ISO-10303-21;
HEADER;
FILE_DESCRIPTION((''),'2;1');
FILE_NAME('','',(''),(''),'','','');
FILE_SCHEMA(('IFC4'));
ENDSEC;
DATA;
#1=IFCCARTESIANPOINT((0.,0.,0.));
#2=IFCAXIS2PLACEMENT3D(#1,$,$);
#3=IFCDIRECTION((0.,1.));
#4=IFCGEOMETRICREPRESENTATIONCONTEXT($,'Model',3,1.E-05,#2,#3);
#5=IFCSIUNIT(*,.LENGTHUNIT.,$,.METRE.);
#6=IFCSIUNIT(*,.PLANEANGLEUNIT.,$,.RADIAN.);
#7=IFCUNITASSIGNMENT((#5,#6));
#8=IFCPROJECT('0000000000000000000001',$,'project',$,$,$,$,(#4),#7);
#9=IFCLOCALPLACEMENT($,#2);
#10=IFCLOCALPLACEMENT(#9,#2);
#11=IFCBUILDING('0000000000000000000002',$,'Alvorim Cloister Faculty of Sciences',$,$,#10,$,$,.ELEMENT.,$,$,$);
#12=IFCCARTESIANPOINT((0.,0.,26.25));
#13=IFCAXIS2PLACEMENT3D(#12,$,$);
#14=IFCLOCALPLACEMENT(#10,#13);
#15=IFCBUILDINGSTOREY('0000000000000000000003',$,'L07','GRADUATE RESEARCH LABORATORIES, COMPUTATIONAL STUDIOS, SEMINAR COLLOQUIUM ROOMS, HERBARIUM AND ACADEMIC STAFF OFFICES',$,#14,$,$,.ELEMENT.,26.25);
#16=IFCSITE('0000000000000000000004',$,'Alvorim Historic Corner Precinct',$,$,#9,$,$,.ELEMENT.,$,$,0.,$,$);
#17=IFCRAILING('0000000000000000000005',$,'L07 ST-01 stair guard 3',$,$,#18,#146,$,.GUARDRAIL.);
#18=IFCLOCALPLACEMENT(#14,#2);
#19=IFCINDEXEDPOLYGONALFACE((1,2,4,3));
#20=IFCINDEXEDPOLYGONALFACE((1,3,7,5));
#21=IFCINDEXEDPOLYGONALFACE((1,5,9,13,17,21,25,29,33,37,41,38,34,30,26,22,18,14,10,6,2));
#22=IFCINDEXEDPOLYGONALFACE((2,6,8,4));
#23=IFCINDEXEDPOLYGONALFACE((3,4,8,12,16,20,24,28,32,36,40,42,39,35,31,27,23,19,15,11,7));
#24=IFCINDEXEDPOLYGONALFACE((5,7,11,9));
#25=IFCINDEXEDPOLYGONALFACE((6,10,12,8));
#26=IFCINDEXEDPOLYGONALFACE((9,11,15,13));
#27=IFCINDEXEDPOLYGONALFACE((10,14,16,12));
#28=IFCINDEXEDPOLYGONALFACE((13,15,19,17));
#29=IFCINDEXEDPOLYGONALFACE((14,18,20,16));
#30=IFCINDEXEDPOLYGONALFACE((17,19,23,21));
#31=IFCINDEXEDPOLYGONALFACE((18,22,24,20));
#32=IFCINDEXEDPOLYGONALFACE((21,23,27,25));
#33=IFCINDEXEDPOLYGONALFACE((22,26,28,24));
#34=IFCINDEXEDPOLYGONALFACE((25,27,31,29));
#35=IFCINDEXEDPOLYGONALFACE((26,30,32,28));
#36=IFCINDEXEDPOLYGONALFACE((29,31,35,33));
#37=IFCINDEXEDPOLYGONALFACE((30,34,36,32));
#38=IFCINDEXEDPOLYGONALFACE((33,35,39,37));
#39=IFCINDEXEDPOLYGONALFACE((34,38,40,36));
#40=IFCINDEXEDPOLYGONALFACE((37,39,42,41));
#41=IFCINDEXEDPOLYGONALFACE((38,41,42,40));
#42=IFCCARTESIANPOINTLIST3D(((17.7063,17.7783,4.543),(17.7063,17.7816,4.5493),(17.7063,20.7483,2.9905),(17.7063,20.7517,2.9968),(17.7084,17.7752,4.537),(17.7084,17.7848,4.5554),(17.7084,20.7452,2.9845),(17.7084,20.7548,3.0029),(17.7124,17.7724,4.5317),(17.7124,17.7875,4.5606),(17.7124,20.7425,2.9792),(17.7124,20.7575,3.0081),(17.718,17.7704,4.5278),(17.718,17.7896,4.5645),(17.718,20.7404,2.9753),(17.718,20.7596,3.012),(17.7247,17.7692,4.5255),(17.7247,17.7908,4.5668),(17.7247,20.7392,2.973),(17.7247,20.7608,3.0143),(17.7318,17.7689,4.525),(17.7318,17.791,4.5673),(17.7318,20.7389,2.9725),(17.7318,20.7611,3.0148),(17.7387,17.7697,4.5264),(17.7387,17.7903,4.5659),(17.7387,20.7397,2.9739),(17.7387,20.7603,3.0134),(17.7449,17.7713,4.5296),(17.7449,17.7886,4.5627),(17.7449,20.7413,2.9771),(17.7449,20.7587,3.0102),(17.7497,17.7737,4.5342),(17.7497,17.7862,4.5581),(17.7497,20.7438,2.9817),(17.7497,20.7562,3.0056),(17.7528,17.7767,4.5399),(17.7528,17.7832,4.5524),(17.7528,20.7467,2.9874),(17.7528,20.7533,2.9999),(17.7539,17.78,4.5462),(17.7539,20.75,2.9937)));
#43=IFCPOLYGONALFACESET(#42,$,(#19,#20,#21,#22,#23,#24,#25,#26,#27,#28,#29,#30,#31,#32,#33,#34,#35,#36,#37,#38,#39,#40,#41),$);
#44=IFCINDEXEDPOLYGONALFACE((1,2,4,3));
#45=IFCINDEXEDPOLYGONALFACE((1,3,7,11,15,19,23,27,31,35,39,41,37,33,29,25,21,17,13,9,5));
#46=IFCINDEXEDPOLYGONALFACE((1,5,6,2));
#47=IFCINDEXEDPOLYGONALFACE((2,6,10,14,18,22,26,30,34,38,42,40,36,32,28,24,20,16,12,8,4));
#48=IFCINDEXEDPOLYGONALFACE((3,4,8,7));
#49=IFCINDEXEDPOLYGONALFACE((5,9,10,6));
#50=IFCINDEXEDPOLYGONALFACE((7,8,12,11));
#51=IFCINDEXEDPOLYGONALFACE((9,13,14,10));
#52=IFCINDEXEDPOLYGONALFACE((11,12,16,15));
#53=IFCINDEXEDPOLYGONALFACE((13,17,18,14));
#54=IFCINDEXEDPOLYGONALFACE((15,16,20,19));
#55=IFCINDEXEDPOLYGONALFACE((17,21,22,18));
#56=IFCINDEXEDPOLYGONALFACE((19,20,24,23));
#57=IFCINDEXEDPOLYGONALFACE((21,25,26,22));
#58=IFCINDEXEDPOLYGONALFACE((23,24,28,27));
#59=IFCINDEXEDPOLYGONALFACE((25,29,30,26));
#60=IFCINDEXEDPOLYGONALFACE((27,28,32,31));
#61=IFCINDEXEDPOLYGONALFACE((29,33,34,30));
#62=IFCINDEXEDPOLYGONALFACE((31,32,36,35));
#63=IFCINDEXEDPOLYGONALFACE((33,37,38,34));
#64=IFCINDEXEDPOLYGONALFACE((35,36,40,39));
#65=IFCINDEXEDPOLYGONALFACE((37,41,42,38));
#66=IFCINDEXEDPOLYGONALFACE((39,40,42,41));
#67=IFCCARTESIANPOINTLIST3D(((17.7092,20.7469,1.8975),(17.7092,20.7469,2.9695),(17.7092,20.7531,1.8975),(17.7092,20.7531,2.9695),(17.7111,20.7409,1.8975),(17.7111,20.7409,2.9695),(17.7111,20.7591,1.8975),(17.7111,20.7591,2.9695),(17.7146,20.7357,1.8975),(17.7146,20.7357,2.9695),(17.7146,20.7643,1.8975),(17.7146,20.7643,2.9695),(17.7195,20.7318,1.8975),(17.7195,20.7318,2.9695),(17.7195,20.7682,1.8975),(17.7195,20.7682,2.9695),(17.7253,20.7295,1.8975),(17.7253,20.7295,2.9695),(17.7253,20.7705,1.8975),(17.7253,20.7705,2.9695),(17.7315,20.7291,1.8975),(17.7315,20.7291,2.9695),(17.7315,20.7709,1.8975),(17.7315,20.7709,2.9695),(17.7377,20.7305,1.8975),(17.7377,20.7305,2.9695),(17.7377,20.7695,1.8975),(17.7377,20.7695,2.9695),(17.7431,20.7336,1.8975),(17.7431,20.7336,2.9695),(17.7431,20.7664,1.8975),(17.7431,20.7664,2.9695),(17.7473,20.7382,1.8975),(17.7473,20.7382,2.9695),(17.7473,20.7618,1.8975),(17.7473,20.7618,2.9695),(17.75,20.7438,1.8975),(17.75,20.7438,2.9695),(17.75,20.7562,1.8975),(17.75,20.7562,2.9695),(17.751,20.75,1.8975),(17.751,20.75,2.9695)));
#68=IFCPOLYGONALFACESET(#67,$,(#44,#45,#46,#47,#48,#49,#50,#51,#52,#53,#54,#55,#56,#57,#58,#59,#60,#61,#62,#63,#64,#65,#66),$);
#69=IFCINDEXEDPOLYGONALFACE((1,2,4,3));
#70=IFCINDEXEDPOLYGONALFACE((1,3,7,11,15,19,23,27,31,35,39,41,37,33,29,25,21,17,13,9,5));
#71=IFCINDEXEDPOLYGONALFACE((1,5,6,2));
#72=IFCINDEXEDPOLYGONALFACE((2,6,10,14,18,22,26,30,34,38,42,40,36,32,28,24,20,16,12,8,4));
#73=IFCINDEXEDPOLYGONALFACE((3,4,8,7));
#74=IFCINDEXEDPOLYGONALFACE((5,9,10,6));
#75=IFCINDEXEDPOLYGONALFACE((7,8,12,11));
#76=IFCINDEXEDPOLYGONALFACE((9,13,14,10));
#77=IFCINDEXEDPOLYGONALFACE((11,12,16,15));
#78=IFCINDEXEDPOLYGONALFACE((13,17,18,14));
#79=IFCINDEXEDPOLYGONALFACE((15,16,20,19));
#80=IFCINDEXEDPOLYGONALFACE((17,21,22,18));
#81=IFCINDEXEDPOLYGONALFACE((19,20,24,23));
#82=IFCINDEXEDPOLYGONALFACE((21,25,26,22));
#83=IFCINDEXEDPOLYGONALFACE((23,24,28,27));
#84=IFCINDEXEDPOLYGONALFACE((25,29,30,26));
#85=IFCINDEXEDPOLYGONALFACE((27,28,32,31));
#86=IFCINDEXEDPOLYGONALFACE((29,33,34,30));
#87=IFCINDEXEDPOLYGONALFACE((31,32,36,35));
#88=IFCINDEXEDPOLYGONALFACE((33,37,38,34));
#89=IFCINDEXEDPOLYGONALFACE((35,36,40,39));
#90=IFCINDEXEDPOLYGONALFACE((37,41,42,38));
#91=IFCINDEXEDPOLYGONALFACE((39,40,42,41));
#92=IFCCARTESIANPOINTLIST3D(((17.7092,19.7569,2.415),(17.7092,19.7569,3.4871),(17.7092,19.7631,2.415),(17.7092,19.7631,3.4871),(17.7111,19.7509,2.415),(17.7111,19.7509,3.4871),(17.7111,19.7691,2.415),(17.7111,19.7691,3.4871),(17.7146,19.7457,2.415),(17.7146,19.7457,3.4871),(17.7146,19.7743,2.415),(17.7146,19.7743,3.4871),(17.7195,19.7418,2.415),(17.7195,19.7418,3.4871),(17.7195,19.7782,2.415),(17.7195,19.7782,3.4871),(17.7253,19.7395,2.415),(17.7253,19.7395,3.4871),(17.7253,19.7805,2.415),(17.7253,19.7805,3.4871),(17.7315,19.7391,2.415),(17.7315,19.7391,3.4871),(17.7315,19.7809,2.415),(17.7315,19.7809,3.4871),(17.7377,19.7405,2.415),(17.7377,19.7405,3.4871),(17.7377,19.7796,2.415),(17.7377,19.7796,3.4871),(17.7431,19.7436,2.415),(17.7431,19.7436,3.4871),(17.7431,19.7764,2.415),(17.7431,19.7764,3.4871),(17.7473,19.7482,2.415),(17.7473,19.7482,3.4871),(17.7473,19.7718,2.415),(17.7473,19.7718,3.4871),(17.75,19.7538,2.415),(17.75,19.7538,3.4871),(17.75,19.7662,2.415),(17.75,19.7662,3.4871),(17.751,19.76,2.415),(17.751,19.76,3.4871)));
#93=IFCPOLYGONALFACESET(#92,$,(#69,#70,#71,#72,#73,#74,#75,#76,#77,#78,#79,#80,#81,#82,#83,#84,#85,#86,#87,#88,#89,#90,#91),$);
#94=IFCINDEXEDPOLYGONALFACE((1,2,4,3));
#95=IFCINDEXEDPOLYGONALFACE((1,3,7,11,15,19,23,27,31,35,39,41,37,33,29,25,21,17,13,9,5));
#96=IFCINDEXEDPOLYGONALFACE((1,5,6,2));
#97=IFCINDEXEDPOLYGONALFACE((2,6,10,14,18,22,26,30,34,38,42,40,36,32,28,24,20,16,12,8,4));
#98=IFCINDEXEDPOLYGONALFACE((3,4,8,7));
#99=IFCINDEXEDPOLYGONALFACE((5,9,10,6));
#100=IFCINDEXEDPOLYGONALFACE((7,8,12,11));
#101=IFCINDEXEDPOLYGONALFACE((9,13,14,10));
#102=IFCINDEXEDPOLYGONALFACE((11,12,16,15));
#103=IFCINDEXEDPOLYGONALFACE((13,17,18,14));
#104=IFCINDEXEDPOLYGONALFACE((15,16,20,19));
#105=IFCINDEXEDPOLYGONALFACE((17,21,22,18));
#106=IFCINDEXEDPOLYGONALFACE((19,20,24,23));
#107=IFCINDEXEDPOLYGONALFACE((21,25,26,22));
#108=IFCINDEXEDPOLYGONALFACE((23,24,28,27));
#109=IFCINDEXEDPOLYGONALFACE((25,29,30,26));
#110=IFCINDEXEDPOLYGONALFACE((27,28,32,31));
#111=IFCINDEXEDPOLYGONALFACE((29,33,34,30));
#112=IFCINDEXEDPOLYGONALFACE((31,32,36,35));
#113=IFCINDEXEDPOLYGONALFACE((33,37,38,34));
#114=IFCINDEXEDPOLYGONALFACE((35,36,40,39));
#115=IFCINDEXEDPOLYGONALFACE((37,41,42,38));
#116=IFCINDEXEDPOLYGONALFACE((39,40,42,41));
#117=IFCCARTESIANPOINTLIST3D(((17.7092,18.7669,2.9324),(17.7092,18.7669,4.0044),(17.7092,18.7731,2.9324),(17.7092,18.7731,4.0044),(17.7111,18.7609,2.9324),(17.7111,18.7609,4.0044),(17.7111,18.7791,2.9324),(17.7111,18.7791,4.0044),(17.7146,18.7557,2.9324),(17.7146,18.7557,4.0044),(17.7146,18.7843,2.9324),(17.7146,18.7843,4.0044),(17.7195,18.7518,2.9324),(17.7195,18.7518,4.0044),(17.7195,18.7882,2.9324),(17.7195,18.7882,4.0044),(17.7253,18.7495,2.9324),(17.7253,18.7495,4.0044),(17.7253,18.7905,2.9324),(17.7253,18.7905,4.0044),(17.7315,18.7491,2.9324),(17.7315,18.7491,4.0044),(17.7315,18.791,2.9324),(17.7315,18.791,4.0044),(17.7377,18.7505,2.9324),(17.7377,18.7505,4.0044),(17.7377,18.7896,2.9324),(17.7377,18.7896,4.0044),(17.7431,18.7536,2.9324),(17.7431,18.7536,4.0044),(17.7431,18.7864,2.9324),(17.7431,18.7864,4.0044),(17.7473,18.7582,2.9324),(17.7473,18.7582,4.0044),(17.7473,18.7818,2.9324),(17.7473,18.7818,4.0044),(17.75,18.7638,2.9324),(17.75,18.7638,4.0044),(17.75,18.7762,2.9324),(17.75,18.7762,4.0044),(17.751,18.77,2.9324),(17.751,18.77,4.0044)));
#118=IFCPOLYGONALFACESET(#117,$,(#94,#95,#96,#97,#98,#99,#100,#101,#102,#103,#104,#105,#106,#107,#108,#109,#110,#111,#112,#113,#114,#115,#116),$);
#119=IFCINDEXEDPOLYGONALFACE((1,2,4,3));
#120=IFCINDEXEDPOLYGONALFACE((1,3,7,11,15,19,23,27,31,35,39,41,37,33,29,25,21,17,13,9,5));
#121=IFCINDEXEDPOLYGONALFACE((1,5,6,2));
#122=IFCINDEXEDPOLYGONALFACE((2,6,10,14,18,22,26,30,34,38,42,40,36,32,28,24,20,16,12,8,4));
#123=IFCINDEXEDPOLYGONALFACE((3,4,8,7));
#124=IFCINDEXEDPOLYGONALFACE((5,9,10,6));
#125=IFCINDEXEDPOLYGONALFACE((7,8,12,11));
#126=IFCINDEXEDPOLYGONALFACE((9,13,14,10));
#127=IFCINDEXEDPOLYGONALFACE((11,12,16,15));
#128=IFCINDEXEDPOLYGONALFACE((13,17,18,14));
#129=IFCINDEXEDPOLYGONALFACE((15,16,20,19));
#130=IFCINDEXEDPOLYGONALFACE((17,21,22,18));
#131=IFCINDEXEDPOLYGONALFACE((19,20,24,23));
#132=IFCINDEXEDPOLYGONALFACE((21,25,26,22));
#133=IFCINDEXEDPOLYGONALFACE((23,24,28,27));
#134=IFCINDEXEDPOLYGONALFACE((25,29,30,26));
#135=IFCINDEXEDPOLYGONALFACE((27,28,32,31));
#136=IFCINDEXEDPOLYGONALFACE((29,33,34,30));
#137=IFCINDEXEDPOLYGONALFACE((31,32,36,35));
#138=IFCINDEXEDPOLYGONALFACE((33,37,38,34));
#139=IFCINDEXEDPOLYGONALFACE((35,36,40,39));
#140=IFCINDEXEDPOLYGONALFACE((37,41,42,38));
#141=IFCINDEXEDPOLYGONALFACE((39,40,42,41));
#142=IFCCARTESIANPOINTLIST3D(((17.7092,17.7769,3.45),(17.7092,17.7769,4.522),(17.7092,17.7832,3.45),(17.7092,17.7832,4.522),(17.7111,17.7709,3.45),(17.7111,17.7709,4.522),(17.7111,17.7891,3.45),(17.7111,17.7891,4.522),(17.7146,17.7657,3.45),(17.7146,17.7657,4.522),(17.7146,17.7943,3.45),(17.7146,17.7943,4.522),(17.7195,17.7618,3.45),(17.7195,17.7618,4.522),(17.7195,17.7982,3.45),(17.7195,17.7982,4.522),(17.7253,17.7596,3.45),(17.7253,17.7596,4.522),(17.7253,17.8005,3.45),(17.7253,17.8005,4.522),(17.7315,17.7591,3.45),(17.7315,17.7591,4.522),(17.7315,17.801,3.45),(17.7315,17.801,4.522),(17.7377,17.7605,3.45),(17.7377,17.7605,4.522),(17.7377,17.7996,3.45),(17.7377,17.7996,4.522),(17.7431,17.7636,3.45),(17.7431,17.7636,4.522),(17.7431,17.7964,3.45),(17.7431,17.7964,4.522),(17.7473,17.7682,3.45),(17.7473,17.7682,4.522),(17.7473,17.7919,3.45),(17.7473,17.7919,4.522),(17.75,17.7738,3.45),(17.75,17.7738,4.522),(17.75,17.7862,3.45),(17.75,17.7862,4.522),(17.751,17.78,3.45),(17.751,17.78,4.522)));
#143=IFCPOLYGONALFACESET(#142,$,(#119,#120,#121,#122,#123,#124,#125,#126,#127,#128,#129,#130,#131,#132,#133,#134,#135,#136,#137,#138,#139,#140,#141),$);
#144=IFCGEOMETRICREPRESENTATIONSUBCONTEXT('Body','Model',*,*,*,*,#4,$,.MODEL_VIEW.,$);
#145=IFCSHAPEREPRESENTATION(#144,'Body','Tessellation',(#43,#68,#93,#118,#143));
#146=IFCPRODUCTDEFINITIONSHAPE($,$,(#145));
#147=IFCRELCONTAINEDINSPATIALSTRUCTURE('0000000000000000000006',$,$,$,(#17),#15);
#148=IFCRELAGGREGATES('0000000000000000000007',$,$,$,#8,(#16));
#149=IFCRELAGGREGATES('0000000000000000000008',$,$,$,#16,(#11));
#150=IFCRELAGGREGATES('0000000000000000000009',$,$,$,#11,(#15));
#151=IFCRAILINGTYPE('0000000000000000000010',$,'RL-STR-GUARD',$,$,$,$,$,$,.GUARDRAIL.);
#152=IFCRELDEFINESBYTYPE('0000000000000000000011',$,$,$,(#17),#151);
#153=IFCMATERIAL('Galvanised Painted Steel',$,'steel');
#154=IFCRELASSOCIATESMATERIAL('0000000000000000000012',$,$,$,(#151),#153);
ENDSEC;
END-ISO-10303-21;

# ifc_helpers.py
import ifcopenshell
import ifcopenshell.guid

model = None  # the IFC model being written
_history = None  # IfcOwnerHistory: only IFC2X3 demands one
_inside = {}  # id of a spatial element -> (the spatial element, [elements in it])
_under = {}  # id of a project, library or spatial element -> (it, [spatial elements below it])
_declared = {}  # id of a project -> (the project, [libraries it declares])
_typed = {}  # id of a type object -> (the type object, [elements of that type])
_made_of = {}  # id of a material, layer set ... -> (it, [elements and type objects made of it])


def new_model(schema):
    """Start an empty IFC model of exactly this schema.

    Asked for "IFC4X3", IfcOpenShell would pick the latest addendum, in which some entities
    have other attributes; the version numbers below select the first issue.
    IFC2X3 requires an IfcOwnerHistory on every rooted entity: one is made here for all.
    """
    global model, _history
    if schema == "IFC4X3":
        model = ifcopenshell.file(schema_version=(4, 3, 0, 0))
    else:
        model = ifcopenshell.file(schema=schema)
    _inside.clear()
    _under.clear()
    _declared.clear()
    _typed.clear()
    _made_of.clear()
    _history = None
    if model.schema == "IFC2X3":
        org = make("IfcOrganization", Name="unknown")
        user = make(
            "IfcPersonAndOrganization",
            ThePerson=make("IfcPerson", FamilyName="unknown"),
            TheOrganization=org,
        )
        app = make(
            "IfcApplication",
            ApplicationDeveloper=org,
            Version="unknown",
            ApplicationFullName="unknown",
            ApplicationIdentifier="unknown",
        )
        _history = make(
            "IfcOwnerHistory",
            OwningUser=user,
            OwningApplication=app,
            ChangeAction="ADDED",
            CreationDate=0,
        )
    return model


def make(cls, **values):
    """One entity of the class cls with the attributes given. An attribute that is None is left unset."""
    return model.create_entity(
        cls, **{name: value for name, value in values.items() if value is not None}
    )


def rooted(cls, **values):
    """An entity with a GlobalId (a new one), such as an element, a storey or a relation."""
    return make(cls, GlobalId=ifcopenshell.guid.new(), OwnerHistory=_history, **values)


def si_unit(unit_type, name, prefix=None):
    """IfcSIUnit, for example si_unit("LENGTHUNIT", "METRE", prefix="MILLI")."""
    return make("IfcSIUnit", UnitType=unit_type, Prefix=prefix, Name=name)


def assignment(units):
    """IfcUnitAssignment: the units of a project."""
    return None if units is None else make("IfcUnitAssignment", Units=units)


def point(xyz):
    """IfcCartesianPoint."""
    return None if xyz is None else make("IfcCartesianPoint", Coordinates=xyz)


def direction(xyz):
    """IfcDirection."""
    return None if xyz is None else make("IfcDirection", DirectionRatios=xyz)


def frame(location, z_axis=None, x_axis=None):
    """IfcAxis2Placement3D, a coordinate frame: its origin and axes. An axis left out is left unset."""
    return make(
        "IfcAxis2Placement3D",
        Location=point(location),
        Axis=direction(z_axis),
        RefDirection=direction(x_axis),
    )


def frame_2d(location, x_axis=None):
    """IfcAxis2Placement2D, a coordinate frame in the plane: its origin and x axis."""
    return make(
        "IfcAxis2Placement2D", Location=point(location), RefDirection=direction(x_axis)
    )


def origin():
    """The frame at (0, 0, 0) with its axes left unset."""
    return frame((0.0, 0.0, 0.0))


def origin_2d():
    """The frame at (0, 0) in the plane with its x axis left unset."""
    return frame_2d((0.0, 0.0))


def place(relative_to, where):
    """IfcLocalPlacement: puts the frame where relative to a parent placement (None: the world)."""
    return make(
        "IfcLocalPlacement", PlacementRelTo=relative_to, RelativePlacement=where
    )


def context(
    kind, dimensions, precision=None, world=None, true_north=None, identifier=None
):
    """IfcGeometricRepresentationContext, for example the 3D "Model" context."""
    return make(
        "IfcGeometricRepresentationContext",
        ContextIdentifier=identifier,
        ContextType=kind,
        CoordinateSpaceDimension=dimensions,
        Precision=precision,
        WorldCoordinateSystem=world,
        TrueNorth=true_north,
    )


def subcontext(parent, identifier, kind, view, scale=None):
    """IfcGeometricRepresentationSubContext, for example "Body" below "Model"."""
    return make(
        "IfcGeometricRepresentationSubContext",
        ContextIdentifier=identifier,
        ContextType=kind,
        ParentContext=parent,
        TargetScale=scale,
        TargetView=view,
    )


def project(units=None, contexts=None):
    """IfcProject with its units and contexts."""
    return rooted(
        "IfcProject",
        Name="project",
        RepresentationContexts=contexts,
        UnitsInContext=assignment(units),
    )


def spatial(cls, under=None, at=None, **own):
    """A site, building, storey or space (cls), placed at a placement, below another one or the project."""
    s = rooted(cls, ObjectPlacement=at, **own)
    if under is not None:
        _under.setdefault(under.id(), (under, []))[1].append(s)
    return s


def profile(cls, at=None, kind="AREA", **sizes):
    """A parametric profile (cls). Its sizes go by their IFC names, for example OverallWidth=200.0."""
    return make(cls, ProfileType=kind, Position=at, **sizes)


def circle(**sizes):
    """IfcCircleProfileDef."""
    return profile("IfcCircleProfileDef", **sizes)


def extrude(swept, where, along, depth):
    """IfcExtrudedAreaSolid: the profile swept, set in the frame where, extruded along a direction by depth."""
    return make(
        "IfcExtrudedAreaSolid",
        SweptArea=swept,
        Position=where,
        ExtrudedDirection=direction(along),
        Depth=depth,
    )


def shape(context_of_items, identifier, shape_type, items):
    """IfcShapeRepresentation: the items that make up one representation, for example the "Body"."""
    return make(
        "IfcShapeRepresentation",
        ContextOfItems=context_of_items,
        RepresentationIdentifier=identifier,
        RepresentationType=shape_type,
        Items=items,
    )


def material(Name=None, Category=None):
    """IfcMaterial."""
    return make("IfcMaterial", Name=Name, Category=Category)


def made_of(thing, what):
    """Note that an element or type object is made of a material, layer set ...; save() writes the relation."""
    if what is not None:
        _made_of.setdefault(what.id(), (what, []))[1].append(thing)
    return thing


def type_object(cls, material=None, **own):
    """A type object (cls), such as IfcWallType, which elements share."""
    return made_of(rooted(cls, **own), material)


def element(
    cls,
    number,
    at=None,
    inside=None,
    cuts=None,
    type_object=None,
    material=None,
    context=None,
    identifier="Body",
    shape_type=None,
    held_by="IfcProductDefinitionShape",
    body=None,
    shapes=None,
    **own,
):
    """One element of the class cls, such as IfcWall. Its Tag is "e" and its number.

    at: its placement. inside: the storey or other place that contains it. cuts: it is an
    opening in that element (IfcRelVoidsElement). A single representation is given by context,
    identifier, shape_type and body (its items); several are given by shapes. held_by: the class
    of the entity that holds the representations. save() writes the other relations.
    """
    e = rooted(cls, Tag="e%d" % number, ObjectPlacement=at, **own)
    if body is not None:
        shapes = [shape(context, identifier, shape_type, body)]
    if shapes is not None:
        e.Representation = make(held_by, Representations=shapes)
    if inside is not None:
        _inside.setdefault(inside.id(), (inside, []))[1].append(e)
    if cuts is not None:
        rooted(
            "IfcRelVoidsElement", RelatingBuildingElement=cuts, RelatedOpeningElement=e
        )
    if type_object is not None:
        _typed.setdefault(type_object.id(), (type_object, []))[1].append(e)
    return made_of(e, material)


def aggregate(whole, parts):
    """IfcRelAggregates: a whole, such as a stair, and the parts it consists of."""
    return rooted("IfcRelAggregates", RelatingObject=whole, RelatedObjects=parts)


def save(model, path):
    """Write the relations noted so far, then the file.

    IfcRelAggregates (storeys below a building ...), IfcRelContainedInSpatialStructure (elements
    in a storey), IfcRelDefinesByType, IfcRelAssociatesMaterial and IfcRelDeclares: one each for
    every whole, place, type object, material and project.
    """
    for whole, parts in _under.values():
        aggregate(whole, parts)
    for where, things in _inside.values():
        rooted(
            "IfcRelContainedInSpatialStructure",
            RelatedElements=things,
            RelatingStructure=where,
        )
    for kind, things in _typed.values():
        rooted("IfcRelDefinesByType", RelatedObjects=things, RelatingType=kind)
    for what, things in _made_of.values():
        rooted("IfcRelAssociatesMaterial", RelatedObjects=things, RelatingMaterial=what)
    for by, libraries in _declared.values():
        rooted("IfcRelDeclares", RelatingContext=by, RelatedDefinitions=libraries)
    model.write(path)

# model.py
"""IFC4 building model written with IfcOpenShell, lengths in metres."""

from ifc_helpers import new_model, si_unit, direction, frame, origin, origin_2d, place, context, subcontext, project, spatial, circle, extrude, material, type_object, element, save


model = new_model("IFC4")

# Units and contexts
model_context = context("Model", 3, precision=1e-05, world=origin(), true_north=direction((0.0, 1.0)))
body_context = subcontext(model_context, "Body", "Model", "MODEL_VIEW")
ifc_project = project(units=[si_unit("LENGTHUNIT", "METRE"), si_unit("PLANEANGLEUNIT", "RADIAN")], contexts=[model_context])

# Site, building, storey
site_placement = place(None, origin())
site = spatial("IfcSite", under=ifc_project, at=site_placement, Name="Alvorim Historic Corner Precinct", CompositionType="ELEMENT", RefElevation=0.0)
building_placement = place(site_placement, origin())
building = spatial("IfcBuilding", under=site, at=building_placement, Name="Alvorim Cloister Faculty of Sciences", CompositionType="ELEMENT")
storey_placement = place(building_placement, frame((0.0, 0.0, 26.25)))
storey = spatial("IfcBuildingStorey", under=building, at=storey_placement, Name="L07", Description="GRADUATE RESEARCH LABORATORIES, COMPUTATIONAL STUDIOS, SEMINAR COLLOQUIUM ROOMS, HERBARIUM AND ACADEMIC STAFF OFFICES", CompositionType="ELEMENT", Elevation=26.25)

# Railing
ifc_material_1 = material(Name="Galvanised Painted Steel", Category="steel")
railing_type_1 = type_object("IfcRailingType", Name="RL-STR-GUARD", PredefinedType="GUARDRAIL", material=ifc_material_1)
railing_1_placement = place(storey_placement, frame((17.73, 20.75, 1.8975)))
element("IfcRailing", 1, at=railing_1_placement, inside=storey, type_object=railing_type_1, Name="L07 ST-01 stair guard 3", PredefinedType="GUARDRAIL", context=body_context, shape_type="SweptSolid", body=[
    extrude(circle(Radius=0.0239, at=origin_2d()), frame((0.0, 0.0, 1.0962), z_axis=(0.0, -0.886225, 0.463256), x_axis=(1.0, 0.0, 0.0)), (0.0, 0.0, 1.0), 3.3513),
    extrude(circle(Radius=0.021, at=origin_2d()), origin(), (0.0, 0.0, 1.0), 1.072),
    extrude(circle(Radius=0.021, at=origin_2d()), frame((0.0, -0.99, 0.5176)), (0.0, 0.0, 1.0), 1.072),
    extrude(circle(Radius=0.021, at=origin_2d()), frame((0.0, -1.98, 1.0349)), (0.0, 0.0, 1.0), 1.072),
    extrude(circle(Radius=0.021, at=origin_2d()), frame((0.0, -2.97, 1.5525)), (0.0, 0.0, 1.0), 1.072),
])

save(model, "model.ifc")
